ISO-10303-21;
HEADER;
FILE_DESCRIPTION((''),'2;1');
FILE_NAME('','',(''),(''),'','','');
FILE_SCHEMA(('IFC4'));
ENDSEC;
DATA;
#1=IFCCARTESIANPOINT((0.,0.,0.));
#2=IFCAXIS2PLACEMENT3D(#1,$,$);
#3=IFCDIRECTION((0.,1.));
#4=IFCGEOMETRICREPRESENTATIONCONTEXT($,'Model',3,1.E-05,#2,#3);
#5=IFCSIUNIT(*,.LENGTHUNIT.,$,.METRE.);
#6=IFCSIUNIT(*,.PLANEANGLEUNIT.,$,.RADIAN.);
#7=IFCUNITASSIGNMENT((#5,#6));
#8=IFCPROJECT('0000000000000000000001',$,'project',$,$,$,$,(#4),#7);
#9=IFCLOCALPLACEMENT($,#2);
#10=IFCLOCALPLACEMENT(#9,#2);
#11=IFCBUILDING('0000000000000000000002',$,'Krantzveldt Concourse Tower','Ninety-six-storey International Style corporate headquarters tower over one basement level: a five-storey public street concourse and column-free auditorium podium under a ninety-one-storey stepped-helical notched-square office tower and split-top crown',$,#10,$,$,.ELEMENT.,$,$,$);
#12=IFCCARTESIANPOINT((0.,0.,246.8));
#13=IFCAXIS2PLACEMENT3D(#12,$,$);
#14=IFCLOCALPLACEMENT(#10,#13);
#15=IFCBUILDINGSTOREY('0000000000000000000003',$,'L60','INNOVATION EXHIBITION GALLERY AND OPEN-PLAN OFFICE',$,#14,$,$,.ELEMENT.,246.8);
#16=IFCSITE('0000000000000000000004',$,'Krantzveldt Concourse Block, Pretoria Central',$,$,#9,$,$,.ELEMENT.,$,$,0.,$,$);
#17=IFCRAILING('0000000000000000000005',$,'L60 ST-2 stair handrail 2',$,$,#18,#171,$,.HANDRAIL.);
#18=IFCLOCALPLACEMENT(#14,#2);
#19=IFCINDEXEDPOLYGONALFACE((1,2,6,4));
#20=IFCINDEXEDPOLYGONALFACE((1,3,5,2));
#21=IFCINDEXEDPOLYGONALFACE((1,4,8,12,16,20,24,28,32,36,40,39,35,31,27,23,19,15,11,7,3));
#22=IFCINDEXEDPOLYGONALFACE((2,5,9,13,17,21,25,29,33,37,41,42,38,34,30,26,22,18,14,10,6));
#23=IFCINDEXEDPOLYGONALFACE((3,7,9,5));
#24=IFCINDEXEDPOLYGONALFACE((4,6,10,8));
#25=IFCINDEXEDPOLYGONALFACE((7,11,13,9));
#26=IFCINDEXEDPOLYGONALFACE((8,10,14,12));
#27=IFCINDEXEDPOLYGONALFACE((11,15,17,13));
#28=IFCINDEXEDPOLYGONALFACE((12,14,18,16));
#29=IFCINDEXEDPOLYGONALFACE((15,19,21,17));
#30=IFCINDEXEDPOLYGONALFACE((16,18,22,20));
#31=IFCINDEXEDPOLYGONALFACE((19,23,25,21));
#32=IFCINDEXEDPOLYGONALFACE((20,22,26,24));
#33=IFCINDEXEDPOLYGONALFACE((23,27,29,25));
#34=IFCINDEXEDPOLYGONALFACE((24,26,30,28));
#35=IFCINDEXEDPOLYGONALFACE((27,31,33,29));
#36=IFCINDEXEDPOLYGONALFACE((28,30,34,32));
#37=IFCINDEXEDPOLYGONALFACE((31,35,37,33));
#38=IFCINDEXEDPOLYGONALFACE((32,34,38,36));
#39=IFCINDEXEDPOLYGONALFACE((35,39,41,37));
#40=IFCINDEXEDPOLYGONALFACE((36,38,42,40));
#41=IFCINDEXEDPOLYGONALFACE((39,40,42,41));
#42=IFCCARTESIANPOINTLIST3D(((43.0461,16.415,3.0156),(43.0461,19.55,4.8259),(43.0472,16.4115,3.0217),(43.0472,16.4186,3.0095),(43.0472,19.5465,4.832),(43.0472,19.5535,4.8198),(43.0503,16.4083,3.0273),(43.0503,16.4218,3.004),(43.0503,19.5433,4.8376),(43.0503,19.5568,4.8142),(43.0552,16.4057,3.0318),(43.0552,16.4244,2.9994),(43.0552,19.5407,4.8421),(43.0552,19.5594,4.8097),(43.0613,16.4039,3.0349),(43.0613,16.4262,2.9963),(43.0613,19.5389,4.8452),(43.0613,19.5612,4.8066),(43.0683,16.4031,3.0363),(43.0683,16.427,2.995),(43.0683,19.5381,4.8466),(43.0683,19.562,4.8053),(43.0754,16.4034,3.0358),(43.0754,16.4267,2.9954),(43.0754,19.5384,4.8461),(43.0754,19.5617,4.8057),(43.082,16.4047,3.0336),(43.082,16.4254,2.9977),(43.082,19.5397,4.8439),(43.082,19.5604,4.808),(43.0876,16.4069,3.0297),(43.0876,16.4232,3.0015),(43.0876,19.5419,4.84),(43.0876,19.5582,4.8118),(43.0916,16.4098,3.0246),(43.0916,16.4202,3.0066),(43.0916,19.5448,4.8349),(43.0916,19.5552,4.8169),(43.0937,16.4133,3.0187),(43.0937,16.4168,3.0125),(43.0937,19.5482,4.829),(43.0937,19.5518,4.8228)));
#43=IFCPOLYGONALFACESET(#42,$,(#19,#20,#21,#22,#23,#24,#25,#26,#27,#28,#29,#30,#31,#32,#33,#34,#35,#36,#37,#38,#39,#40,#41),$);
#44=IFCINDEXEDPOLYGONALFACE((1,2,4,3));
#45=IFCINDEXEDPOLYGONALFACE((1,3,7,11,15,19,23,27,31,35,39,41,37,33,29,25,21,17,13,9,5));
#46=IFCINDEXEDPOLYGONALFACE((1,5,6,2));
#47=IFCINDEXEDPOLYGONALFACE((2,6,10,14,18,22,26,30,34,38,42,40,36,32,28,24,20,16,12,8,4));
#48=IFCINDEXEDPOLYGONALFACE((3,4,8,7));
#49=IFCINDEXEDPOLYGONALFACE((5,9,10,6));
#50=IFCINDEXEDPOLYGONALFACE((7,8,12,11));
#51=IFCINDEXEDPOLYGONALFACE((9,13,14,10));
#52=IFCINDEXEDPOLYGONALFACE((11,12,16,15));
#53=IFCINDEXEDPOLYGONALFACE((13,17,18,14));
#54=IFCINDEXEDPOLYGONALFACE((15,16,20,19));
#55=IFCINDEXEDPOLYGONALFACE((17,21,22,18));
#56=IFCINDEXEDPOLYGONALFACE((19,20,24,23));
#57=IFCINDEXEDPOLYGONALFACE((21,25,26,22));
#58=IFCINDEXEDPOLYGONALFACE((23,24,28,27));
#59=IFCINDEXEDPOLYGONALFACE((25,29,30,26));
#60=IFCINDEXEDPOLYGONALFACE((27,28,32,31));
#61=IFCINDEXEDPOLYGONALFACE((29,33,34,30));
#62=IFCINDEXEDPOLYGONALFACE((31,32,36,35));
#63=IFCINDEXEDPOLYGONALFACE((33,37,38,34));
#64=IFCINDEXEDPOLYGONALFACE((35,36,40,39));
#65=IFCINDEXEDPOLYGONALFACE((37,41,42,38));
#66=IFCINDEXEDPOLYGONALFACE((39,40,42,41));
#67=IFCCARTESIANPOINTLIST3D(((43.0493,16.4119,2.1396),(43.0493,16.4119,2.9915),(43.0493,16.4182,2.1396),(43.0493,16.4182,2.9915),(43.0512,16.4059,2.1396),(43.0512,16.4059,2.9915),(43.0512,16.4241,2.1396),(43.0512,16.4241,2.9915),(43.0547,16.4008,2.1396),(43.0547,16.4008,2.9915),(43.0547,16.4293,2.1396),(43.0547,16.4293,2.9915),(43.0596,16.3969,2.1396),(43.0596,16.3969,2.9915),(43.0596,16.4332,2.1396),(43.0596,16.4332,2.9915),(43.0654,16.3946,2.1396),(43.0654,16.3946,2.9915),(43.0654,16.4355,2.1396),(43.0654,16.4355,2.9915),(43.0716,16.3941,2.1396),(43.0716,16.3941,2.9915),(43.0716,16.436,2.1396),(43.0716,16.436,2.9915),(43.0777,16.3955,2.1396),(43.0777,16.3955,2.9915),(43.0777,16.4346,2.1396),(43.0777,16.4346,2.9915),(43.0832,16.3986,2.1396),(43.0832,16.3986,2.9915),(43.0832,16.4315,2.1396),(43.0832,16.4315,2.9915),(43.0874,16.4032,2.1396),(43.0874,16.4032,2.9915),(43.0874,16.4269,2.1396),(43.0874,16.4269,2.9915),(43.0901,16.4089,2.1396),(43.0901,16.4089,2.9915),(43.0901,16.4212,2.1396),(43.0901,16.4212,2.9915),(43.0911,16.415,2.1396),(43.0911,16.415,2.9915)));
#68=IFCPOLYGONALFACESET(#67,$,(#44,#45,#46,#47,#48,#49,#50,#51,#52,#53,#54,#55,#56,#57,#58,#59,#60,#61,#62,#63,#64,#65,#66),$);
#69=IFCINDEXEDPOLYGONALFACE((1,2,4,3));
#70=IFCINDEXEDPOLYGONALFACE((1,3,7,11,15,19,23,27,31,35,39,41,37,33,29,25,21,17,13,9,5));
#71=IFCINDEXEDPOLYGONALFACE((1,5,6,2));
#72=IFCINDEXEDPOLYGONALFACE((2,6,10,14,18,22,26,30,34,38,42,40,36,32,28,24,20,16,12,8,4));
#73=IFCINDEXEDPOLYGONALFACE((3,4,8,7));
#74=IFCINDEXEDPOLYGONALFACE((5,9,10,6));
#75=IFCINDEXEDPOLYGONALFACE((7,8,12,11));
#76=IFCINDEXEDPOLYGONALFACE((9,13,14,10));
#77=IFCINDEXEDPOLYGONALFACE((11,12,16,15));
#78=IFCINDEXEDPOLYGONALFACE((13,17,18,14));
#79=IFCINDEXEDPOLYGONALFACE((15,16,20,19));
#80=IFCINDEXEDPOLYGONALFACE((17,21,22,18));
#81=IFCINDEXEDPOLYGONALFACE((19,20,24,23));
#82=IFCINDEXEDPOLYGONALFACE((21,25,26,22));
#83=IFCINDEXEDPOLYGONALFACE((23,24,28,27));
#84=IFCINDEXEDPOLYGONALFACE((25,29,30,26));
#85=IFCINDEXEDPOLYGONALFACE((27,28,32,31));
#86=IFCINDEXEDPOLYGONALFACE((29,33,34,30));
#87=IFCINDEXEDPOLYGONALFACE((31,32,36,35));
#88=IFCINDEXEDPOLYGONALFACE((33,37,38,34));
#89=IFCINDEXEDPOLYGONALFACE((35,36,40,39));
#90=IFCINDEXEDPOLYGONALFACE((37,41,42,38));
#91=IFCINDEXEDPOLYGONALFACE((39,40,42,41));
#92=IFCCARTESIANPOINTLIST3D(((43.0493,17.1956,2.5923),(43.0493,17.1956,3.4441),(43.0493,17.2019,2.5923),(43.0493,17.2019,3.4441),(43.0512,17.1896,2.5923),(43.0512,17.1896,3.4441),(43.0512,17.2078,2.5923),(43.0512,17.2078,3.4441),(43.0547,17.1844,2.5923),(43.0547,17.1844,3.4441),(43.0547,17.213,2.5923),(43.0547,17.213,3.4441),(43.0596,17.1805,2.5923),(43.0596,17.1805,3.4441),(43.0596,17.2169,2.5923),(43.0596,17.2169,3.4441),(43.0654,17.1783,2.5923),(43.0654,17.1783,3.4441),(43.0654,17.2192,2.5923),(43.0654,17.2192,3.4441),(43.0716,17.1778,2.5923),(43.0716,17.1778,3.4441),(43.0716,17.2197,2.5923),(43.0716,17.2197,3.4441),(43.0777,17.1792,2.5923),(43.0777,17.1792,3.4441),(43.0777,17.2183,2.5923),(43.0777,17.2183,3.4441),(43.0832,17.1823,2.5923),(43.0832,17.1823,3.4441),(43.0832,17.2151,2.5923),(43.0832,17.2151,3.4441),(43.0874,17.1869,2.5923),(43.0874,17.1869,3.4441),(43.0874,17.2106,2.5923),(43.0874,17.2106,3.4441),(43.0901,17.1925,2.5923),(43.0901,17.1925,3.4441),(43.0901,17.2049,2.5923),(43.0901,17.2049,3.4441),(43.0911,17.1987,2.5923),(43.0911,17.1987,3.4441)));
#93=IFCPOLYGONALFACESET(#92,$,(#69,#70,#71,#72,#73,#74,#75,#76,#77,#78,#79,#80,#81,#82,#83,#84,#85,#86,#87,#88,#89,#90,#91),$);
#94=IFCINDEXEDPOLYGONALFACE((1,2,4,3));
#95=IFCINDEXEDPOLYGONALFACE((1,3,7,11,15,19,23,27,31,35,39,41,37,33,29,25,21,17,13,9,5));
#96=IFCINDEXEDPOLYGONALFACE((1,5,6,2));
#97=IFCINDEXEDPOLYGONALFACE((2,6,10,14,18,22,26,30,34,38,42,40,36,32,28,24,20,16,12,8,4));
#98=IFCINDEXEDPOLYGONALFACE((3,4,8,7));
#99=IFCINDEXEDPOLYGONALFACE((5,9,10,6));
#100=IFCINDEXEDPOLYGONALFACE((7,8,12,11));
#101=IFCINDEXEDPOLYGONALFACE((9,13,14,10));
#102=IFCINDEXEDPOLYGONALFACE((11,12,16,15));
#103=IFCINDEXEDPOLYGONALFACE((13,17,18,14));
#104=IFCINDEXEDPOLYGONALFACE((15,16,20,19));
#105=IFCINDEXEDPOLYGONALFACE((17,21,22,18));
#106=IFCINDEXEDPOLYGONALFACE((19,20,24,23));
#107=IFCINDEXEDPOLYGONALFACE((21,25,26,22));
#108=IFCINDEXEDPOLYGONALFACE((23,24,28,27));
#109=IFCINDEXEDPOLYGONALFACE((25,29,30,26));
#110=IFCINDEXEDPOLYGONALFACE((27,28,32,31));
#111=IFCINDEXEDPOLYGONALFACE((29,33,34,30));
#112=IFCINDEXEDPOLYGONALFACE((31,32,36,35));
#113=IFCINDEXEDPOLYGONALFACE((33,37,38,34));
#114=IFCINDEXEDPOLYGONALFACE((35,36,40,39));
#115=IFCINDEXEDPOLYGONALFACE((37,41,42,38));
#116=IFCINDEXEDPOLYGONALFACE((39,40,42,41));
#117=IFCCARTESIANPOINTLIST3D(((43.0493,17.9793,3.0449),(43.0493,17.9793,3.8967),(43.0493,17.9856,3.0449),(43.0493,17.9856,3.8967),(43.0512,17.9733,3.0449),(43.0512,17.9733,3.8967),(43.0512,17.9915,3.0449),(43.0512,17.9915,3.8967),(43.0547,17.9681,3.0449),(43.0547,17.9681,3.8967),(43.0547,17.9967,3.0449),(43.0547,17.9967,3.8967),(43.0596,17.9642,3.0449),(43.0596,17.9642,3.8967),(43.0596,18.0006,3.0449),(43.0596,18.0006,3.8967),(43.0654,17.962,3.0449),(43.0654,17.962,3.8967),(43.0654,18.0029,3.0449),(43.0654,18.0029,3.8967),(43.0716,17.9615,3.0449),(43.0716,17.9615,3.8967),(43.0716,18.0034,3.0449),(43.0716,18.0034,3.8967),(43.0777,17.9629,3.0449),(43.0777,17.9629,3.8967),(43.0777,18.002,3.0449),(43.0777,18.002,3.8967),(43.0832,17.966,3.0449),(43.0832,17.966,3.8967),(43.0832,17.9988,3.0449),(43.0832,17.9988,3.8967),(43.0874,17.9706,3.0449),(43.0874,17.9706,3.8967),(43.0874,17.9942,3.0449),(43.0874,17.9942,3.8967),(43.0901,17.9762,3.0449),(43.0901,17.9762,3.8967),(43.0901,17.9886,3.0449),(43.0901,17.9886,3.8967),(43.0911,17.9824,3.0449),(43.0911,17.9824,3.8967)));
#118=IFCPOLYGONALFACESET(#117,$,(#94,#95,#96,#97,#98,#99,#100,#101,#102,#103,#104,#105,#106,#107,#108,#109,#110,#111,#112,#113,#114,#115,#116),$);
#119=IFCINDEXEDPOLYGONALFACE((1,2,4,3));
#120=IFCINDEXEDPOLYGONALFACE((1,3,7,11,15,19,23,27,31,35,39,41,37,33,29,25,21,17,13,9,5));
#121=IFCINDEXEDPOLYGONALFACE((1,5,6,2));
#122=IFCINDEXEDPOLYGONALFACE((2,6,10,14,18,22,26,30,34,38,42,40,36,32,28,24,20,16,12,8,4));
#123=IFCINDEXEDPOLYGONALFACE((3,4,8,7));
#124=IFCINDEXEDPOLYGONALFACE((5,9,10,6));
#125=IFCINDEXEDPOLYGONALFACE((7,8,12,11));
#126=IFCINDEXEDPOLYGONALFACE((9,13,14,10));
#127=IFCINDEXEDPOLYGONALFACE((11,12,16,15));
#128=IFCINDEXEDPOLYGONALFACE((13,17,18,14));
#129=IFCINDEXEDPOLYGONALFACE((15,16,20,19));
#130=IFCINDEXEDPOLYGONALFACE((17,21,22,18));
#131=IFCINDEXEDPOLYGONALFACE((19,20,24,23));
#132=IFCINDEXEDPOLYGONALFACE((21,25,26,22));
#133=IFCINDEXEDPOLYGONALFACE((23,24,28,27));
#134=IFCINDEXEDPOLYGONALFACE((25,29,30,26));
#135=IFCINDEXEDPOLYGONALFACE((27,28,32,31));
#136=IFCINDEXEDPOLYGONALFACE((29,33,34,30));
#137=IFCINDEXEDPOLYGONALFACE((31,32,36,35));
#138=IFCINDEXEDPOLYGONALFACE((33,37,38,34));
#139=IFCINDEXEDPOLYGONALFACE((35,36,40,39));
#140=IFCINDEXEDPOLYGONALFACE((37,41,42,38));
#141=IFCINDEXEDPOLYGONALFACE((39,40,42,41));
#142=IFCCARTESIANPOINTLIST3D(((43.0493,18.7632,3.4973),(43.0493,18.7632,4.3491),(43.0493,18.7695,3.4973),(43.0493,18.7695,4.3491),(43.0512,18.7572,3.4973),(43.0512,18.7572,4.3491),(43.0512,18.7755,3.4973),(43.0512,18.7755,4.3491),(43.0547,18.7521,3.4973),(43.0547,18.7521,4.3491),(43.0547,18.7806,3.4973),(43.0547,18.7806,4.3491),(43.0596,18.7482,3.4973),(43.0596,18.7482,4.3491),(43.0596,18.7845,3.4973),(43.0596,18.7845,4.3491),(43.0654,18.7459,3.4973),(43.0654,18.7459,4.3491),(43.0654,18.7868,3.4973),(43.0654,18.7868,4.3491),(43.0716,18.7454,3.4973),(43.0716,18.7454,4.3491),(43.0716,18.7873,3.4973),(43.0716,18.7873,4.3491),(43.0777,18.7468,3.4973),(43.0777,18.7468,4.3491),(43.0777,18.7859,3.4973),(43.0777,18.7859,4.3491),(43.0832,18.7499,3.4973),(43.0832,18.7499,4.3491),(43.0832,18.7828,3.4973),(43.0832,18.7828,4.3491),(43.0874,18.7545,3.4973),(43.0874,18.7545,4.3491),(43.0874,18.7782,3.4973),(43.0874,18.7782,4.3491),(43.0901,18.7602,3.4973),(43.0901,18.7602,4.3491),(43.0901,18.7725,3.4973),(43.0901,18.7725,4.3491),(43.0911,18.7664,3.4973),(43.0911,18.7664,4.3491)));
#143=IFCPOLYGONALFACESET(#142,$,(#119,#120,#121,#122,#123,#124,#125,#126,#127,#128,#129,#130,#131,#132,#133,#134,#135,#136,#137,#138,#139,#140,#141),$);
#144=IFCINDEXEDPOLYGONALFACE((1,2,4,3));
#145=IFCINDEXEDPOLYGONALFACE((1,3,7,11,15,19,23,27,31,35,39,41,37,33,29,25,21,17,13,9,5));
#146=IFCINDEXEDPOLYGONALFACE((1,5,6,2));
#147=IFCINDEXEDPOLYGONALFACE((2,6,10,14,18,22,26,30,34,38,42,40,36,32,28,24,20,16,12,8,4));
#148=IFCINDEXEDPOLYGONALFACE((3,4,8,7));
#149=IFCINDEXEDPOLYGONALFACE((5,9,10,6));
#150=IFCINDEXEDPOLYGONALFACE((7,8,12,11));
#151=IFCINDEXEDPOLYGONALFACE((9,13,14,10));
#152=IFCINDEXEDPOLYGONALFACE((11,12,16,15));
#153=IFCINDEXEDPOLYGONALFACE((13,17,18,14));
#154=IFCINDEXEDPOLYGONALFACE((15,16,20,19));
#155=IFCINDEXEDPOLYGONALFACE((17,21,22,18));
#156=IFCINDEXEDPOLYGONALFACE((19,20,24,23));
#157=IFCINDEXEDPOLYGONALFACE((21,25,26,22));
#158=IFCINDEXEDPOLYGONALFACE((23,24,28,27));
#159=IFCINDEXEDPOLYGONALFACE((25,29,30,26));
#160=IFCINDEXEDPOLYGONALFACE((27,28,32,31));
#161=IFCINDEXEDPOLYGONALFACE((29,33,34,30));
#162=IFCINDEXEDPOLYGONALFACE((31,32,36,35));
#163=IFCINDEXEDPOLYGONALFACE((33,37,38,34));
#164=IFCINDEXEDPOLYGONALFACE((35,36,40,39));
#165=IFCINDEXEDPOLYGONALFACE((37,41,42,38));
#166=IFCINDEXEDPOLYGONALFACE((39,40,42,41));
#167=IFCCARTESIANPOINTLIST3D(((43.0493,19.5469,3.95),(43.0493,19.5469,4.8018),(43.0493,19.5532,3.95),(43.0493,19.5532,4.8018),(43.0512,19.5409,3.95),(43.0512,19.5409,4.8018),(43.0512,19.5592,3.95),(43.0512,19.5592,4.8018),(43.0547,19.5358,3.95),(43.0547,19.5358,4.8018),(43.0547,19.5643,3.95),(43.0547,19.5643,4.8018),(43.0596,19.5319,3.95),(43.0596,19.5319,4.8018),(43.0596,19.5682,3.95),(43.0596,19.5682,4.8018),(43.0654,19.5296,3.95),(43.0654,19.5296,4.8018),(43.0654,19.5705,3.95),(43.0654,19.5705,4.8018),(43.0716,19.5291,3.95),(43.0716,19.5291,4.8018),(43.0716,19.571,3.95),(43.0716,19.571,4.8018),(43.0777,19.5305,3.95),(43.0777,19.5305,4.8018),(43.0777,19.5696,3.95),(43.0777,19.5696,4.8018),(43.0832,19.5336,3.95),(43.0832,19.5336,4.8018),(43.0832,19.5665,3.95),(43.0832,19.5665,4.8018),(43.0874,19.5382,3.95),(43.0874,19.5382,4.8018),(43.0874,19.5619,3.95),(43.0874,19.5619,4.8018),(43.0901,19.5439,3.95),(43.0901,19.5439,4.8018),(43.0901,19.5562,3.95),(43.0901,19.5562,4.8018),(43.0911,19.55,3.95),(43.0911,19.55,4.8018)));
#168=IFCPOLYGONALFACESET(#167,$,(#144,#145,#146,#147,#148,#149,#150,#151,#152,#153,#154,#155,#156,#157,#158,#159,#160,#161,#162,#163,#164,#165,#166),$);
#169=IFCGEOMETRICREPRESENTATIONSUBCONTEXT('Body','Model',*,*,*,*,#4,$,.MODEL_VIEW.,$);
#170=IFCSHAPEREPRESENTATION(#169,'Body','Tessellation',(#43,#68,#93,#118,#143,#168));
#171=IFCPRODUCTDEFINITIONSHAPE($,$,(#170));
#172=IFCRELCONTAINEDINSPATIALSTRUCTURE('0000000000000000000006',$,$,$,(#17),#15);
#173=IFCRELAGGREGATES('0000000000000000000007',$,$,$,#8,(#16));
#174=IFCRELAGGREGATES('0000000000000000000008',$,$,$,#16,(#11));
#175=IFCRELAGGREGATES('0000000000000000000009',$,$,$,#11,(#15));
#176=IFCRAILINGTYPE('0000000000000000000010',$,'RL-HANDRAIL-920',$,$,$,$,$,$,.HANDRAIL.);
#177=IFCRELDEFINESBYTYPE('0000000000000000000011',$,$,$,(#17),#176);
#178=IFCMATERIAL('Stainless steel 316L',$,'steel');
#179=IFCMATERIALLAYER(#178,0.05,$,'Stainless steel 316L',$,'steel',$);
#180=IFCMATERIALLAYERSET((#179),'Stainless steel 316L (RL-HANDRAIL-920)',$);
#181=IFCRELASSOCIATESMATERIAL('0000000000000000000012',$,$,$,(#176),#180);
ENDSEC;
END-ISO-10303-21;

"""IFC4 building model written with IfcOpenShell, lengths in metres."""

from ifc_helpers import new_model, si_unit, direction, frame, origin, origin_2d, place, context, subcontext, project, spatial, circle, extrude, material, layer, layer_set, type_object, element, save


model = new_model("IFC4")

# Units and contexts
model_context = context("Model", 3, precision=1e-05, world=origin(), true_north=direction((0.0, 1.0)))
body_context = subcontext(model_context, "Body", "Model", "MODEL_VIEW")
ifc_project = project(units=[si_unit("LENGTHUNIT", "METRE"), si_unit("PLANEANGLEUNIT", "RADIAN")], contexts=[model_context])

# Site, building, storey
site_placement = place(None, origin())
site = spatial("IfcSite", under=ifc_project, at=site_placement, Name="Krantzveldt Concourse Block, Pretoria Central", CompositionType="ELEMENT", RefElevation=0.0)
building_placement = place(site_placement, origin())
building = spatial("IfcBuilding", under=site, at=building_placement, Name="Krantzveldt Concourse Tower", Description="Ninety-six-storey International Style corporate headquarters tower over one basement level: a five-storey public street concourse and column-free auditorium podium under a ninety-one-storey stepped-helical notched-square office tower and split-top crown", CompositionType="ELEMENT")
storey_placement = place(building_placement, frame((0.0, 0.0, 246.8)))
storey = spatial("IfcBuildingStorey", under=building, at=storey_placement, Name="L60", Description="INNOVATION EXHIBITION GALLERY AND OPEN-PLAN OFFICE", CompositionType="ELEMENT", Elevation=246.8)

# Shared definitions
ifc_material_1 = material(Name="Stainless steel 316L", Category="steel")

# Railing
ifc_layer_1 = layer(ifc_material_1, 0.05, Name="Stainless steel 316L", Category="steel")
ifc_layer_set_1 = layer_set([ifc_layer_1], Name="Stainless steel 316L (RL-HANDRAIL-920)")
railing_type_1 = type_object("IfcRailingType", Name="RL-HANDRAIL-920", PredefinedType="HANDRAIL", material=ifc_layer_set_1)
railing_1_placement = place(storey_placement, frame((43.0701, 16.415, 2.1396)))
element("IfcRailing", 1, at=railing_1_placement, inside=storey, type_object=railing_type_1, Name="L60 ST-2 stair handrail 2", PredefinedType="HANDRAIL", context=body_context, shape_type="SweptSolid", body=[
    extrude(circle(Radius=0.0239, at=origin_2d()), frame((0.0, 0.0, 0.876), z_axis=(0.0, 0.865989, 0.500063), x_axis=(-1.0, 0.0, 0.0)), (0.0, 0.0, 1.0), 3.6201),
    extrude(circle(Radius=0.021, at=origin_2d()), origin(), (0.0, 0.0, 1.0), 0.8518),
    extrude(circle(Radius=0.021, at=origin_2d()), frame((0.0, 0.7837, 0.4526)), (0.0, 0.0, 1.0), 0.8518),
    extrude(circle(Radius=0.021, at=origin_2d()), frame((0.0, 1.5674, 0.9053)), (0.0, 0.0, 1.0), 0.8518),
    extrude(circle(Radius=0.021, at=origin_2d()), frame((0.0, 2.3513, 1.3577)), (0.0, 0.0, 1.0), 0.8518),
    extrude(circle(Radius=0.021, at=origin_2d()), frame((0.0, 3.135, 1.8103)), (0.0, 0.0, 1.0), 0.8518),
])

save(model, "model.ifc")
